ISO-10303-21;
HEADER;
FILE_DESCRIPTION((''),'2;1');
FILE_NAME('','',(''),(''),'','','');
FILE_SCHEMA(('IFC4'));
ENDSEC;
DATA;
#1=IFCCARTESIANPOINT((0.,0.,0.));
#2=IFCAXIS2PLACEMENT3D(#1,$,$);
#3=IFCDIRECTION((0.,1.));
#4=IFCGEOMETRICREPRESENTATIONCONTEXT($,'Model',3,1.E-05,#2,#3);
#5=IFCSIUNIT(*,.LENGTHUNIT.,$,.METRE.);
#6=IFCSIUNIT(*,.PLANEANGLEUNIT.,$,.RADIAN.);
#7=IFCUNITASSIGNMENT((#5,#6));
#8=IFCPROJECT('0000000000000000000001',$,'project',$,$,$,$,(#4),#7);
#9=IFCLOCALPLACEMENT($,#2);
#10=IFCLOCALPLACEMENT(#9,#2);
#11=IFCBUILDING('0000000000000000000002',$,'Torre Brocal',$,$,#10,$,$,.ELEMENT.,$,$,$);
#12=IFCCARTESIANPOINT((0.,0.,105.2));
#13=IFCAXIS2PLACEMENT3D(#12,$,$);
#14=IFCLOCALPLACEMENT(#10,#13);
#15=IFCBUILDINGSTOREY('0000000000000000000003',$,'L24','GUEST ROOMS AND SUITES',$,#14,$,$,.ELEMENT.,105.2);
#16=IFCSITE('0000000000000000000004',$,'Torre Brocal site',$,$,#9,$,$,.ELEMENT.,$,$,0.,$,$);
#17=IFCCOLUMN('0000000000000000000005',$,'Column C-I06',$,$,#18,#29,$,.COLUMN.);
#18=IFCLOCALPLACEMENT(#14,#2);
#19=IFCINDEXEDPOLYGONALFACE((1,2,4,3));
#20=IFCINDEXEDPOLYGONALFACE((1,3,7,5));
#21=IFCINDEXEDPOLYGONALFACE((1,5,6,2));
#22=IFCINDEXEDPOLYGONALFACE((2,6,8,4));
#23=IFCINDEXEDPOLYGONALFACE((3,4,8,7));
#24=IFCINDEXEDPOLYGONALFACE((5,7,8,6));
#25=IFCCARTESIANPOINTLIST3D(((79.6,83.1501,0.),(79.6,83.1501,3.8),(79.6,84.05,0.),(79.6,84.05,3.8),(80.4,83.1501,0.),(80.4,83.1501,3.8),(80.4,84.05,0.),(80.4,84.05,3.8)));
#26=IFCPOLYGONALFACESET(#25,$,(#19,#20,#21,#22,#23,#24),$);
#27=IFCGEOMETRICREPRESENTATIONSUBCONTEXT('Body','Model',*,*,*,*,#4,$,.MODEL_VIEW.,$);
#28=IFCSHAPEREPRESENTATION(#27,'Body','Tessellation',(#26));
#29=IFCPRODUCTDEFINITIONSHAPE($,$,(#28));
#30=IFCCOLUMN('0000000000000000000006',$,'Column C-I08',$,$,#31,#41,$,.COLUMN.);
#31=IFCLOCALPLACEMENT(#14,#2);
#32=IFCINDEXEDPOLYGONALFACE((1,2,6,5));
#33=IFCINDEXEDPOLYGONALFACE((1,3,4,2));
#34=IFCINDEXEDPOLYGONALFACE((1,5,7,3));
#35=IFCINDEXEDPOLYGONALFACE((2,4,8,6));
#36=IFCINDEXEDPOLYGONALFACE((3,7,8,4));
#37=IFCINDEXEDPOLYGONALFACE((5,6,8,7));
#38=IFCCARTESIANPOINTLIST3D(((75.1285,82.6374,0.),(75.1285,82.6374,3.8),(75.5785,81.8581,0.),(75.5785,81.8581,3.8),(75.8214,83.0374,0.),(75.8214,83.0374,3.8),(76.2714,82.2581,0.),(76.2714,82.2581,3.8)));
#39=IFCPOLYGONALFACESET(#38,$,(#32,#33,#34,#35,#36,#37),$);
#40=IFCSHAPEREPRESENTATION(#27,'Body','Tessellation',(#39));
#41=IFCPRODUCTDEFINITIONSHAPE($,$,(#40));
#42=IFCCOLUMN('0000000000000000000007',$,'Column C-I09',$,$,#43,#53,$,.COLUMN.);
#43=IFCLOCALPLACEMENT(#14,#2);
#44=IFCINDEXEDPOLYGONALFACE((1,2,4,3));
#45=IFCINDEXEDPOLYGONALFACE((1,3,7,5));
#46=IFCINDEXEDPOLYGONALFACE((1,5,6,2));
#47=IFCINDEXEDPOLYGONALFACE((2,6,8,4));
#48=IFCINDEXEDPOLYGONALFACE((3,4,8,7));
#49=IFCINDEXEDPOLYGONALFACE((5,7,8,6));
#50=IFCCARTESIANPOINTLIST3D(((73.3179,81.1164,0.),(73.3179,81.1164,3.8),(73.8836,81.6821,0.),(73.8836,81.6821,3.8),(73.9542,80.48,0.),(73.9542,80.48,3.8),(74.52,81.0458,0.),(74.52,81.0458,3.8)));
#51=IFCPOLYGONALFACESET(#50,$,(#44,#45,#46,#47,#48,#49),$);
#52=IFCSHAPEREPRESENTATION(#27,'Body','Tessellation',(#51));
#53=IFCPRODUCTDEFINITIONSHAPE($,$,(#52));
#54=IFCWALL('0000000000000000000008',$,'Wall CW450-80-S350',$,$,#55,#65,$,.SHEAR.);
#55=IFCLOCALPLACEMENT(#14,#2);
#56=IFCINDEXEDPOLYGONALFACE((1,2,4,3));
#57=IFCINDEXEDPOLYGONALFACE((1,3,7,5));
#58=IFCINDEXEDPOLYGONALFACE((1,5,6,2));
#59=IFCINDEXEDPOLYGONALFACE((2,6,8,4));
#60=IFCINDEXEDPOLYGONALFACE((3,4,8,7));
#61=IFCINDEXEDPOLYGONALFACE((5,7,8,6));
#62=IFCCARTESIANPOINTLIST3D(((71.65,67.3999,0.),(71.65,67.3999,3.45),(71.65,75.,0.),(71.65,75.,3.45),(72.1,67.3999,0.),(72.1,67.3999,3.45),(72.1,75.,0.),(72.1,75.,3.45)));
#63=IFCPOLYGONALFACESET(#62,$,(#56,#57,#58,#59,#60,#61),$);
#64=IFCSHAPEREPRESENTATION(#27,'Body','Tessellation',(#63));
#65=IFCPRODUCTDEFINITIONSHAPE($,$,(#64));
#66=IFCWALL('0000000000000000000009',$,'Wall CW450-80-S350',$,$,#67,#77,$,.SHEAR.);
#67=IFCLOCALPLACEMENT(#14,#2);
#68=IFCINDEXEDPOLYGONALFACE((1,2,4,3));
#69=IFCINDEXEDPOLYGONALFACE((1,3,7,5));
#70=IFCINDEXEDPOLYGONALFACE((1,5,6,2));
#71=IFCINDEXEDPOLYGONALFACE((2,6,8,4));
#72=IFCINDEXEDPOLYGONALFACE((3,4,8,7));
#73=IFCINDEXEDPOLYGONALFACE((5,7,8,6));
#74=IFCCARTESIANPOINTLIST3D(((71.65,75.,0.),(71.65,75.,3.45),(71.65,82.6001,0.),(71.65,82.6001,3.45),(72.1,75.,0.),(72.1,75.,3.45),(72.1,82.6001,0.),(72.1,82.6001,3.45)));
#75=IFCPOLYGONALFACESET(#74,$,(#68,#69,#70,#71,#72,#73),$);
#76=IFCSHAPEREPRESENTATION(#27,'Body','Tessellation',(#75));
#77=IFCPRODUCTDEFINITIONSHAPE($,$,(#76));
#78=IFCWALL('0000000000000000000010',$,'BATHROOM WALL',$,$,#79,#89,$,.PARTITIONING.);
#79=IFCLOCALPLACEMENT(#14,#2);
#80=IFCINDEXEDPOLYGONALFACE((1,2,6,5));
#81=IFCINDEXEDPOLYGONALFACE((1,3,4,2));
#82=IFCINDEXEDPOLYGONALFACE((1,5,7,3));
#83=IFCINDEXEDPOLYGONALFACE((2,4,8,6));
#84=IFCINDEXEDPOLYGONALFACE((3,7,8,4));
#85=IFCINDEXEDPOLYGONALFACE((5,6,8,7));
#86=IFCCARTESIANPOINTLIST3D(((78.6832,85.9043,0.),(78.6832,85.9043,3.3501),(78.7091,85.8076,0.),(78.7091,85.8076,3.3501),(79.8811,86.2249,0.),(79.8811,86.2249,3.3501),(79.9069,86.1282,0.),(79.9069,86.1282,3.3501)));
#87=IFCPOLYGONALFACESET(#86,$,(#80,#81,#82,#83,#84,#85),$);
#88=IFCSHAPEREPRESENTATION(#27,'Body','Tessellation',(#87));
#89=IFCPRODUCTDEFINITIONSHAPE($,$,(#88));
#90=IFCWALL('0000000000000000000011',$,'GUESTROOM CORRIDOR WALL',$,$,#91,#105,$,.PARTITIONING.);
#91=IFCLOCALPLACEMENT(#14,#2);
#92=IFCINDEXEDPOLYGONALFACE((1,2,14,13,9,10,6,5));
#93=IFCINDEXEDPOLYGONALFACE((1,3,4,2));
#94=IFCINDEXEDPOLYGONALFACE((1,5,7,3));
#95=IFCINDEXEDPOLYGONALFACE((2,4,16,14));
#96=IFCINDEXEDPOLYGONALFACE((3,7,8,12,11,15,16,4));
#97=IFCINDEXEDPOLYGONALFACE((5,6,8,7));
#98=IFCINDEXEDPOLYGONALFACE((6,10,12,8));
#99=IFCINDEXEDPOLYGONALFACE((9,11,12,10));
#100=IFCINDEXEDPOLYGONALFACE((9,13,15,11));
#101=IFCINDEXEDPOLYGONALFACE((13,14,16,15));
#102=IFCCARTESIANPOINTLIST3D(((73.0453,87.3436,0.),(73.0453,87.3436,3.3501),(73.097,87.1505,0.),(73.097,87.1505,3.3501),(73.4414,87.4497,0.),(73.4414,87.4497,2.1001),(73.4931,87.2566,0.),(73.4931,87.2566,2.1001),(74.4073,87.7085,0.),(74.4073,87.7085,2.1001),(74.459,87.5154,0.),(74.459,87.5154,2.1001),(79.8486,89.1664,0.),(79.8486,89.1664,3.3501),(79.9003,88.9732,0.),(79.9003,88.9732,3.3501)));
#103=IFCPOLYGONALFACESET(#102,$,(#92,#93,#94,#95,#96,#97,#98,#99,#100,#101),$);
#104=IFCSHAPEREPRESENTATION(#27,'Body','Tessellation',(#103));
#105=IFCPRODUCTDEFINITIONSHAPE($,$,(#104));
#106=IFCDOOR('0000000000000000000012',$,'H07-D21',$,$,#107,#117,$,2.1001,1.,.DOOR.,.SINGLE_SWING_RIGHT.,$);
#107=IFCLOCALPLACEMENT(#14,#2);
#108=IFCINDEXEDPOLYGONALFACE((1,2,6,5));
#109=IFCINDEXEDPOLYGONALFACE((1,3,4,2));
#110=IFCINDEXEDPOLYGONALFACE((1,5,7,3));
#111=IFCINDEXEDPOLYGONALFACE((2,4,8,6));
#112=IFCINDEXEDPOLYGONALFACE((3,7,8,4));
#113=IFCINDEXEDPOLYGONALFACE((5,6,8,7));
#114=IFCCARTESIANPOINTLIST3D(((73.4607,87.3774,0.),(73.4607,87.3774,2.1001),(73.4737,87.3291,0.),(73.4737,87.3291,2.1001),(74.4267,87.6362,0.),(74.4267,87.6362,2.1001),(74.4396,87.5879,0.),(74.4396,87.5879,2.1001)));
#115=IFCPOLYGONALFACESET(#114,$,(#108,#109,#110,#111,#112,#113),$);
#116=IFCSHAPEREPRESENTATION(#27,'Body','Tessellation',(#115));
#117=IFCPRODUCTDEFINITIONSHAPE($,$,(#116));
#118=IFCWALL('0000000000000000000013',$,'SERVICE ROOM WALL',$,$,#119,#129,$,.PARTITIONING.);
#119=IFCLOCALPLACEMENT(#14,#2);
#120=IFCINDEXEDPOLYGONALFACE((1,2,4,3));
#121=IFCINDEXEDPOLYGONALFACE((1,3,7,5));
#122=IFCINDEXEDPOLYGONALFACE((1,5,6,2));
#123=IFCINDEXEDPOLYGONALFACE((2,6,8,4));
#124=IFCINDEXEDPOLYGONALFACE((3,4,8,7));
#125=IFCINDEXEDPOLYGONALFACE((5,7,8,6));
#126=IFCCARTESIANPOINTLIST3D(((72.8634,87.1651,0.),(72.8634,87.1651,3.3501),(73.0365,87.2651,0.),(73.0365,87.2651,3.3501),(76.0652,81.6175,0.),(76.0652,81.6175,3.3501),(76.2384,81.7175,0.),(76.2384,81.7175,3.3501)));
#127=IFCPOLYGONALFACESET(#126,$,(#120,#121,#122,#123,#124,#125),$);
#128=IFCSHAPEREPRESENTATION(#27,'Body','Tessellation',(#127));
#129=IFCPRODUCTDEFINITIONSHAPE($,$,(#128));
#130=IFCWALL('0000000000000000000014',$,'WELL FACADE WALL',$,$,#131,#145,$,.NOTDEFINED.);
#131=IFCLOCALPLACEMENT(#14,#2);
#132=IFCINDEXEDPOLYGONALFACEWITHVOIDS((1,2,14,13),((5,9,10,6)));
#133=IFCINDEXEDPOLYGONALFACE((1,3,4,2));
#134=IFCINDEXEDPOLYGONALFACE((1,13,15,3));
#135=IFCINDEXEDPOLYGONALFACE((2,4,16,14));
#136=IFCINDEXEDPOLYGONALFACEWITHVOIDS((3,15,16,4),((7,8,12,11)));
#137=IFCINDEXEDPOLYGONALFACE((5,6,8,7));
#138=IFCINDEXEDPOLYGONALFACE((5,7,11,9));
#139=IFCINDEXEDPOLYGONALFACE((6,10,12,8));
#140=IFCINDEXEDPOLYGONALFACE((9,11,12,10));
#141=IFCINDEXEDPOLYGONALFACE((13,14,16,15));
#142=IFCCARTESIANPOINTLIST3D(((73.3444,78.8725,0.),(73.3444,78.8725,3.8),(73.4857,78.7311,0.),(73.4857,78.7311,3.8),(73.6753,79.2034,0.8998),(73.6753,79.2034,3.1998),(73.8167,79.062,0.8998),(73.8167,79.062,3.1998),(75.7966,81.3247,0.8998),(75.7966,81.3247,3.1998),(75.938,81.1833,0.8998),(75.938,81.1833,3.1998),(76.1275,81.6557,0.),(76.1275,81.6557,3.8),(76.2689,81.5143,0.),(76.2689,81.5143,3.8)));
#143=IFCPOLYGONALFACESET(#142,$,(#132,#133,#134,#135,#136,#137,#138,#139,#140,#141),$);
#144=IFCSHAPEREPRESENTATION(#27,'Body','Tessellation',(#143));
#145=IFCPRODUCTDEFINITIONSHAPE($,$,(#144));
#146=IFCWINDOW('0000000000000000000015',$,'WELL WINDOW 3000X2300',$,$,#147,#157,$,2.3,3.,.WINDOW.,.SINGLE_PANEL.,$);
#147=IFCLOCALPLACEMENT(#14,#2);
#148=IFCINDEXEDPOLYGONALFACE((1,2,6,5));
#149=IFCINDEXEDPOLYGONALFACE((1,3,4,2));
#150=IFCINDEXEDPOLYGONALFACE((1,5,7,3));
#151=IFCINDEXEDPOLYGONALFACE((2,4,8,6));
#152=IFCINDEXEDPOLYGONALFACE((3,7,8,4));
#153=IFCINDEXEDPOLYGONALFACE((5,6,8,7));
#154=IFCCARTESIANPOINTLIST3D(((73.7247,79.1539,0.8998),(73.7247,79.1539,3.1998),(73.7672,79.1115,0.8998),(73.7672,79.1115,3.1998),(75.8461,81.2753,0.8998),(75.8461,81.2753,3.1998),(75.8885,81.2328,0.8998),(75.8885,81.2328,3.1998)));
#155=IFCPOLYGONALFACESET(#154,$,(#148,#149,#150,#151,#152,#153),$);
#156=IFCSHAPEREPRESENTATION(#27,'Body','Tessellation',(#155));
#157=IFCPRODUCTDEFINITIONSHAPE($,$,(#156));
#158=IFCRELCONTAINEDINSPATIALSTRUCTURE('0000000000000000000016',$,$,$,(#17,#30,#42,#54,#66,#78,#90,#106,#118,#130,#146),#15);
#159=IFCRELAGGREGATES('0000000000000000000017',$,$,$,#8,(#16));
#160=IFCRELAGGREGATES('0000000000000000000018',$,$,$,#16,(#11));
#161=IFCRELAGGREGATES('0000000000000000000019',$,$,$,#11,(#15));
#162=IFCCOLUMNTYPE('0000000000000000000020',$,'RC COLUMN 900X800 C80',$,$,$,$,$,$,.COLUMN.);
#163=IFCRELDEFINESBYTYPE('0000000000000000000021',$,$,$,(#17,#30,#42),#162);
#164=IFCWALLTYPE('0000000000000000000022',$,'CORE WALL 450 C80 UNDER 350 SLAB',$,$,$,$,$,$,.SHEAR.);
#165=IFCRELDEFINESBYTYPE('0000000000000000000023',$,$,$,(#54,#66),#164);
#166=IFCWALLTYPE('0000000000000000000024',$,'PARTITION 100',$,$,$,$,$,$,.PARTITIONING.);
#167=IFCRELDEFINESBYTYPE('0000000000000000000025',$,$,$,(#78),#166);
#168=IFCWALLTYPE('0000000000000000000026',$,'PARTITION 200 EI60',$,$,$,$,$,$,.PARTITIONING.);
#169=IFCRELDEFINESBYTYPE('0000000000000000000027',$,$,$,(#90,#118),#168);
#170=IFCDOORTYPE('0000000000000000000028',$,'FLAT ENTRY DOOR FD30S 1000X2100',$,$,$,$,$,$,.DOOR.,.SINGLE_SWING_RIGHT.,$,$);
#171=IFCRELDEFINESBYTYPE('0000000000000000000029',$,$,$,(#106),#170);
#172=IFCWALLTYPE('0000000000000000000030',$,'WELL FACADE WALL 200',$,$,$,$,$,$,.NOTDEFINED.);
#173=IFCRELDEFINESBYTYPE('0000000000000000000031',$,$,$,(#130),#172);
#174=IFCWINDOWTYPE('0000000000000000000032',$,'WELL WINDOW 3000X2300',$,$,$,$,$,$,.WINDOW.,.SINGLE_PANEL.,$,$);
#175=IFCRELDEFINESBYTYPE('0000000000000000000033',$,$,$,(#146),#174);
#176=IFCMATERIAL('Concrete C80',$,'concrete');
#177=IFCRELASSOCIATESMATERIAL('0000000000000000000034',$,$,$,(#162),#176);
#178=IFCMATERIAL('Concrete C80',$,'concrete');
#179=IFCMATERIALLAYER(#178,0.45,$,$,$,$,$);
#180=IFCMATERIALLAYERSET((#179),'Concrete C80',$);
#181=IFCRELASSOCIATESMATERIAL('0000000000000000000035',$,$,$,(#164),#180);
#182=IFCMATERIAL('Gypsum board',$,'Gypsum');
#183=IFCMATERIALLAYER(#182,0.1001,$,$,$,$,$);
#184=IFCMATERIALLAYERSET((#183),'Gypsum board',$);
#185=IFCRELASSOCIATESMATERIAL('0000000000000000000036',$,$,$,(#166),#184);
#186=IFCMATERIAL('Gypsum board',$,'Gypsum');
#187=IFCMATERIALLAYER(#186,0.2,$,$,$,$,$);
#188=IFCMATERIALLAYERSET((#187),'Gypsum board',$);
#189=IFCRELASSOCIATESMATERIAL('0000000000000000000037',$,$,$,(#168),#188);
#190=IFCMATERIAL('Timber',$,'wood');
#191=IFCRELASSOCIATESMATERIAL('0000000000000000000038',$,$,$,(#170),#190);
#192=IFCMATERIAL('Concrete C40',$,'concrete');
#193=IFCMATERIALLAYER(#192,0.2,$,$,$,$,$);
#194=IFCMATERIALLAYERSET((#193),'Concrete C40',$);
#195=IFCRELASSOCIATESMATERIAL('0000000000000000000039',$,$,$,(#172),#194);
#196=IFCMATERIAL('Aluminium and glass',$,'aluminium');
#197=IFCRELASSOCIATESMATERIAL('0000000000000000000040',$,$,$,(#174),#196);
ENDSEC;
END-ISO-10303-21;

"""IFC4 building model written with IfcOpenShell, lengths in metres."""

from ifc_helpers import new_model, si_unit, direction, frame, frame_2d, origin, origin_2d, place, context, subcontext, project, spatial, rectangle, extrude, material, layer, layer_set, material_profile, profile_set, type_object, element, fill, save


model = new_model("IFC4")

# Units and contexts
model_context = context("Model", 3, precision=1e-05, world=origin(), true_north=direction((0.0, 1.0)))
body_context = subcontext(model_context, "Body", "Model", "MODEL_VIEW")
ifc_project = project(units=[si_unit("LENGTHUNIT", "METRE"), si_unit("PLANEANGLEUNIT", "RADIAN")], contexts=[model_context])

# Site, building, storey
site_placement = place(None, origin())
site = spatial("IfcSite", under=ifc_project, at=site_placement, Name="Torre Brocal site", CompositionType="ELEMENT", RefElevation=0.0)
building_placement = place(site_placement, origin())
building = spatial("IfcBuilding", under=site, at=building_placement, Name="Torre Brocal", CompositionType="ELEMENT")
storey_placement = place(building_placement, frame((0.0, 0.0, 105.2)))
storey = spatial("IfcBuildingStorey", under=building, at=storey_placement, Name="L24", Description="GUEST ROOMS AND SUITES", CompositionType="ELEMENT", Elevation=105.2)

# Columns
ifc_material_1 = material(Name="Concrete C80", Category="concrete")
ifc_material_profile = material_profile(ifc_material_1, rectangle(XDim=0.8999, YDim=0.8, at=origin_2d()), Name="RC 900X800")
ifc_profile_set = profile_set([ifc_material_profile], Name="Concrete C80")
column_type = type_object("IfcColumnType", Name="RC COLUMN 900X800 C80", PredefinedType="COLUMN", material=ifc_profile_set)
for number, where, z_axis, x_axis, name in (
    (1, (80.0, 83.6001, 0.0), (0.0, 0.0, 1.0), (0.0, 1.0, 0.0), "Column C-I06"),
    (2, (75.7, 82.4478, 0.0), (0.0, 0.0, 1.0), (-0.5, 0.866025, 0.0), "Column C-I08"),
    (3, (73.9189, 81.0811, 0.0), (0.0, 0.0, 1.0), (-0.707107, 0.707107, 0.0), "Column C-I09"),
):
    element("IfcColumn", number, at=place(storey_placement, frame(where, z_axis=z_axis, x_axis=x_axis)), inside=storey, type_object=column_type, Name=name, PredefinedType="COLUMN", context=body_context, shape_type="SweptSolid", body=[
        extrude(rectangle(XDim=0.8999, YDim=0.8, at=origin_2d()), origin(), (0.0, 0.0, 1.0), 3.8),
    ])

# Walls
ifc_material_2 = material(Name="Concrete C80", Category="concrete")
ifc_layer_1 = layer(ifc_material_2, 0.45)
ifc_layer_set_1 = layer_set([ifc_layer_1], Name="Concrete C80")
wall_type_1 = type_object("IfcWallType", Name="CORE WALL 450 C80 UNDER 350 SLAB", PredefinedType="SHEAR", material=ifc_layer_set_1)
for number, where, z_axis, x_axis, name in (
    (4, (71.875, 75.0, 0.0), (0.0, 0.0, 1.0), (0.0, -1.0, 0.0), "Wall CW450-80-S350"),
    (5, (71.875, 82.6001, 0.0), (0.0, 0.0, 1.0), (0.0, -1.0, 0.0), "Wall CW450-80-S350"),
):
    element("IfcWall", number, at=place(storey_placement, frame(where, z_axis=z_axis, x_axis=x_axis)), inside=storey, type_object=wall_type_1, Name=name, PredefinedType="SHEAR", context=body_context, shape_type="SweptSolid", body=[
        extrude(rectangle(XDim=7.6001, YDim=0.45, at=frame_2d((3.8, 0.0))), origin(), (0.0, 0.0, 1.0), 3.45),
    ])

# Wall
ifc_material_3 = material(Name="Gypsum board", Category="Gypsum")
ifc_layer_2 = layer(ifc_material_3, 0.1001)
ifc_layer_set_2 = layer_set([ifc_layer_2], Name="Gypsum board")
wall_type_2 = type_object("IfcWallType", Name="PARTITION 100", PredefinedType="PARTITIONING", material=ifc_layer_set_2)
wall_1_placement = place(storey_placement, frame((78.696, 85.856, 0.0), z_axis=(0.0, 0.0, 1.0), x_axis=(0.966003, 0.258533, 0.0)))
element("IfcWall", 6, at=wall_1_placement, inside=storey, type_object=wall_type_2, Name="BATHROOM WALL", PredefinedType="PARTITIONING", context=body_context, shape_type="SweptSolid", body=[
    extrude(rectangle(XDim=1.24, YDim=0.1001, at=frame_2d((0.6201, 0.0))), origin(), (0.0, 0.0, 1.0), 3.3501),
])

# Wall, opening, door
ifc_material_4 = material(Name="Gypsum board", Category="Gypsum")
ifc_layer_3 = layer(ifc_material_4, 0.2)
ifc_layer_set_3 = layer_set([ifc_layer_3], Name="Gypsum board")
wall_type_3 = type_object("IfcWallType", Name="PARTITION 200 EI60", PredefinedType="PARTITIONING", material=ifc_layer_set_3)
wall_2_placement = place(storey_placement, frame((73.0713, 87.2471, 0.0), z_axis=(0.0, 0.0, 1.0), x_axis=(0.965932, 0.258797, 0.0)))
wall_2 = element("IfcWall", 7, at=wall_2_placement, inside=storey, type_object=wall_type_3, Name="GUESTROOM CORRIDOR WALL", PredefinedType="PARTITIONING", context=body_context, shape_type="SweptSolid", body=[
    extrude(rectangle(XDim=7.0432, YDim=0.2, at=frame_2d((3.5215, 0.0))), origin(), (0.0, 0.0, 1.0), 3.3501),
])
opening_1_placement = place(wall_2_placement, frame((0.4099, 0.0, 0.0)))
opening_1 = element("IfcOpeningElement", 8, at=opening_1_placement, cuts=wall_2, PredefinedType="OPENING", context=body_context, shape_type="SweptSolid", body=[
    extrude(rectangle(XDim=1.0, YDim=2.1001, at=frame_2d((0.5, 1.05))), frame((0.0, 0.1099, 0.0), z_axis=(0.0, -1.0, 0.0), x_axis=(1.0, 0.0, 0.0)), (0.0, 0.0, 1.0), 0.22),
])
ifc_material_5 = material(Name="Timber", Category="wood")
door_type_1 = type_object("IfcDoorType", Name="FLAT ENTRY DOOR FD30S 1000X2100", OperationType="SINGLE_SWING_RIGHT", PredefinedType="DOOR", material=ifc_material_5)
door_1_placement = place(opening_1_placement, frame((1.0, 0.0, 0.0), z_axis=(0.0, 0.0, 1.0), x_axis=(-1.0, 0.0, 0.0)))
door_1 = element("IfcDoor", 9, at=door_1_placement, inside=storey, type_object=door_type_1, Name="H07-D21", OperationType="SINGLE_SWING_RIGHT", OverallHeight=2.1001, OverallWidth=1.0, PredefinedType="DOOR", context=body_context, shape_type="SweptSolid", body=[
    extrude(rectangle(XDim=1.0, YDim=2.1001, at=frame_2d((0.5, 1.05))), frame((0.0, 0.0249, 0.0), z_axis=(0.0, -1.0, 0.0), x_axis=(1.0, 0.0, 0.0)), (0.0, 0.0, 1.0), 0.05),
])
fill(opening_1, door_1)

# Wall
wall_3_placement = place(storey_placement, frame((72.95, 87.2151, 0.0), z_axis=(0.0, 0.0, 1.0), x_axis=(0.499882, -0.866094, 0.0)))
element("IfcWall", 10, at=wall_3_placement, inside=storey, type_object=wall_type_3, Name="SERVICE ROOM WALL", PredefinedType="PARTITIONING", context=body_context, shape_type="SweptSolid", body=[
    extrude(rectangle(XDim=6.4053, YDim=0.2, at=frame_2d((3.2026, 0.0))), origin(), (0.0, 0.0, 1.0), 3.3501),
])

# Wall, opening, window
ifc_material_6 = material(Name="Concrete C40", Category="concrete")
ifc_layer_4 = layer(ifc_material_6, 0.2)
ifc_layer_set_4 = layer_set([ifc_layer_4], Name="Concrete C40")
wall_type_4 = type_object("IfcWallType", Name="WELL FACADE WALL 200", PredefinedType="NOTDEFINED", material=ifc_layer_set_4)
wall_4_placement = place(storey_placement, frame((76.1982, 81.585, 0.0), z_axis=(0.0, 0.0, 1.0), x_axis=(-0.707107, -0.707107, 0.0)))
wall_4 = element("IfcWall", 11, at=wall_4_placement, inside=storey, type_object=wall_type_4, Name="WELL FACADE WALL", PredefinedType="NOTDEFINED", context=body_context, shape_type="SweptSolid", body=[
    extrude(rectangle(XDim=3.936, YDim=0.2, at=frame_2d((1.968, 0.0))), origin(), (0.0, 0.0, 1.0), 3.8),
])
opening_2_placement = place(wall_4_placement, frame((0.468, 0.0, 0.8999)))
opening_2 = element("IfcOpeningElement", 12, at=opening_2_placement, cuts=wall_4, PredefinedType="OPENING", context=body_context, shape_type="SweptSolid", body=[
    extrude(rectangle(XDim=3.0, YDim=2.3, at=frame_2d((1.5, 1.1499))), frame((0.0, 0.1099, 0.0), z_axis=(0.0, -1.0, 0.0), x_axis=(1.0, 0.0, 0.0)), (0.0, 0.0, 1.0), 0.22),
])
ifc_material_7 = material(Name="Aluminium and glass", Category="aluminium")
window_type = type_object("IfcWindowType", Name="WELL WINDOW 3000X2300", PartitioningType="SINGLE_PANEL", PredefinedType="WINDOW", material=ifc_material_7)
window_1_placement = place(opening_2_placement, origin())
window_1 = element("IfcWindow", 13, at=window_1_placement, inside=storey, type_object=window_type, Name="WELL WINDOW 3000X2300", OverallHeight=2.3, OverallWidth=3.0, PartitioningType="SINGLE_PANEL", PredefinedType="WINDOW", context=body_context, shape_type="SweptSolid", body=[
    extrude(rectangle(XDim=3.0, YDim=2.3, at=frame_2d((1.5, 1.1499))), frame((0.0, 0.03, 0.0), z_axis=(0.0, -1.0, 0.0), x_axis=(1.0, 0.0, 0.0)), (0.0, 0.0, 1.0), 0.0601),
])
fill(opening_2, window_1)

save(model, "model.ifc")
